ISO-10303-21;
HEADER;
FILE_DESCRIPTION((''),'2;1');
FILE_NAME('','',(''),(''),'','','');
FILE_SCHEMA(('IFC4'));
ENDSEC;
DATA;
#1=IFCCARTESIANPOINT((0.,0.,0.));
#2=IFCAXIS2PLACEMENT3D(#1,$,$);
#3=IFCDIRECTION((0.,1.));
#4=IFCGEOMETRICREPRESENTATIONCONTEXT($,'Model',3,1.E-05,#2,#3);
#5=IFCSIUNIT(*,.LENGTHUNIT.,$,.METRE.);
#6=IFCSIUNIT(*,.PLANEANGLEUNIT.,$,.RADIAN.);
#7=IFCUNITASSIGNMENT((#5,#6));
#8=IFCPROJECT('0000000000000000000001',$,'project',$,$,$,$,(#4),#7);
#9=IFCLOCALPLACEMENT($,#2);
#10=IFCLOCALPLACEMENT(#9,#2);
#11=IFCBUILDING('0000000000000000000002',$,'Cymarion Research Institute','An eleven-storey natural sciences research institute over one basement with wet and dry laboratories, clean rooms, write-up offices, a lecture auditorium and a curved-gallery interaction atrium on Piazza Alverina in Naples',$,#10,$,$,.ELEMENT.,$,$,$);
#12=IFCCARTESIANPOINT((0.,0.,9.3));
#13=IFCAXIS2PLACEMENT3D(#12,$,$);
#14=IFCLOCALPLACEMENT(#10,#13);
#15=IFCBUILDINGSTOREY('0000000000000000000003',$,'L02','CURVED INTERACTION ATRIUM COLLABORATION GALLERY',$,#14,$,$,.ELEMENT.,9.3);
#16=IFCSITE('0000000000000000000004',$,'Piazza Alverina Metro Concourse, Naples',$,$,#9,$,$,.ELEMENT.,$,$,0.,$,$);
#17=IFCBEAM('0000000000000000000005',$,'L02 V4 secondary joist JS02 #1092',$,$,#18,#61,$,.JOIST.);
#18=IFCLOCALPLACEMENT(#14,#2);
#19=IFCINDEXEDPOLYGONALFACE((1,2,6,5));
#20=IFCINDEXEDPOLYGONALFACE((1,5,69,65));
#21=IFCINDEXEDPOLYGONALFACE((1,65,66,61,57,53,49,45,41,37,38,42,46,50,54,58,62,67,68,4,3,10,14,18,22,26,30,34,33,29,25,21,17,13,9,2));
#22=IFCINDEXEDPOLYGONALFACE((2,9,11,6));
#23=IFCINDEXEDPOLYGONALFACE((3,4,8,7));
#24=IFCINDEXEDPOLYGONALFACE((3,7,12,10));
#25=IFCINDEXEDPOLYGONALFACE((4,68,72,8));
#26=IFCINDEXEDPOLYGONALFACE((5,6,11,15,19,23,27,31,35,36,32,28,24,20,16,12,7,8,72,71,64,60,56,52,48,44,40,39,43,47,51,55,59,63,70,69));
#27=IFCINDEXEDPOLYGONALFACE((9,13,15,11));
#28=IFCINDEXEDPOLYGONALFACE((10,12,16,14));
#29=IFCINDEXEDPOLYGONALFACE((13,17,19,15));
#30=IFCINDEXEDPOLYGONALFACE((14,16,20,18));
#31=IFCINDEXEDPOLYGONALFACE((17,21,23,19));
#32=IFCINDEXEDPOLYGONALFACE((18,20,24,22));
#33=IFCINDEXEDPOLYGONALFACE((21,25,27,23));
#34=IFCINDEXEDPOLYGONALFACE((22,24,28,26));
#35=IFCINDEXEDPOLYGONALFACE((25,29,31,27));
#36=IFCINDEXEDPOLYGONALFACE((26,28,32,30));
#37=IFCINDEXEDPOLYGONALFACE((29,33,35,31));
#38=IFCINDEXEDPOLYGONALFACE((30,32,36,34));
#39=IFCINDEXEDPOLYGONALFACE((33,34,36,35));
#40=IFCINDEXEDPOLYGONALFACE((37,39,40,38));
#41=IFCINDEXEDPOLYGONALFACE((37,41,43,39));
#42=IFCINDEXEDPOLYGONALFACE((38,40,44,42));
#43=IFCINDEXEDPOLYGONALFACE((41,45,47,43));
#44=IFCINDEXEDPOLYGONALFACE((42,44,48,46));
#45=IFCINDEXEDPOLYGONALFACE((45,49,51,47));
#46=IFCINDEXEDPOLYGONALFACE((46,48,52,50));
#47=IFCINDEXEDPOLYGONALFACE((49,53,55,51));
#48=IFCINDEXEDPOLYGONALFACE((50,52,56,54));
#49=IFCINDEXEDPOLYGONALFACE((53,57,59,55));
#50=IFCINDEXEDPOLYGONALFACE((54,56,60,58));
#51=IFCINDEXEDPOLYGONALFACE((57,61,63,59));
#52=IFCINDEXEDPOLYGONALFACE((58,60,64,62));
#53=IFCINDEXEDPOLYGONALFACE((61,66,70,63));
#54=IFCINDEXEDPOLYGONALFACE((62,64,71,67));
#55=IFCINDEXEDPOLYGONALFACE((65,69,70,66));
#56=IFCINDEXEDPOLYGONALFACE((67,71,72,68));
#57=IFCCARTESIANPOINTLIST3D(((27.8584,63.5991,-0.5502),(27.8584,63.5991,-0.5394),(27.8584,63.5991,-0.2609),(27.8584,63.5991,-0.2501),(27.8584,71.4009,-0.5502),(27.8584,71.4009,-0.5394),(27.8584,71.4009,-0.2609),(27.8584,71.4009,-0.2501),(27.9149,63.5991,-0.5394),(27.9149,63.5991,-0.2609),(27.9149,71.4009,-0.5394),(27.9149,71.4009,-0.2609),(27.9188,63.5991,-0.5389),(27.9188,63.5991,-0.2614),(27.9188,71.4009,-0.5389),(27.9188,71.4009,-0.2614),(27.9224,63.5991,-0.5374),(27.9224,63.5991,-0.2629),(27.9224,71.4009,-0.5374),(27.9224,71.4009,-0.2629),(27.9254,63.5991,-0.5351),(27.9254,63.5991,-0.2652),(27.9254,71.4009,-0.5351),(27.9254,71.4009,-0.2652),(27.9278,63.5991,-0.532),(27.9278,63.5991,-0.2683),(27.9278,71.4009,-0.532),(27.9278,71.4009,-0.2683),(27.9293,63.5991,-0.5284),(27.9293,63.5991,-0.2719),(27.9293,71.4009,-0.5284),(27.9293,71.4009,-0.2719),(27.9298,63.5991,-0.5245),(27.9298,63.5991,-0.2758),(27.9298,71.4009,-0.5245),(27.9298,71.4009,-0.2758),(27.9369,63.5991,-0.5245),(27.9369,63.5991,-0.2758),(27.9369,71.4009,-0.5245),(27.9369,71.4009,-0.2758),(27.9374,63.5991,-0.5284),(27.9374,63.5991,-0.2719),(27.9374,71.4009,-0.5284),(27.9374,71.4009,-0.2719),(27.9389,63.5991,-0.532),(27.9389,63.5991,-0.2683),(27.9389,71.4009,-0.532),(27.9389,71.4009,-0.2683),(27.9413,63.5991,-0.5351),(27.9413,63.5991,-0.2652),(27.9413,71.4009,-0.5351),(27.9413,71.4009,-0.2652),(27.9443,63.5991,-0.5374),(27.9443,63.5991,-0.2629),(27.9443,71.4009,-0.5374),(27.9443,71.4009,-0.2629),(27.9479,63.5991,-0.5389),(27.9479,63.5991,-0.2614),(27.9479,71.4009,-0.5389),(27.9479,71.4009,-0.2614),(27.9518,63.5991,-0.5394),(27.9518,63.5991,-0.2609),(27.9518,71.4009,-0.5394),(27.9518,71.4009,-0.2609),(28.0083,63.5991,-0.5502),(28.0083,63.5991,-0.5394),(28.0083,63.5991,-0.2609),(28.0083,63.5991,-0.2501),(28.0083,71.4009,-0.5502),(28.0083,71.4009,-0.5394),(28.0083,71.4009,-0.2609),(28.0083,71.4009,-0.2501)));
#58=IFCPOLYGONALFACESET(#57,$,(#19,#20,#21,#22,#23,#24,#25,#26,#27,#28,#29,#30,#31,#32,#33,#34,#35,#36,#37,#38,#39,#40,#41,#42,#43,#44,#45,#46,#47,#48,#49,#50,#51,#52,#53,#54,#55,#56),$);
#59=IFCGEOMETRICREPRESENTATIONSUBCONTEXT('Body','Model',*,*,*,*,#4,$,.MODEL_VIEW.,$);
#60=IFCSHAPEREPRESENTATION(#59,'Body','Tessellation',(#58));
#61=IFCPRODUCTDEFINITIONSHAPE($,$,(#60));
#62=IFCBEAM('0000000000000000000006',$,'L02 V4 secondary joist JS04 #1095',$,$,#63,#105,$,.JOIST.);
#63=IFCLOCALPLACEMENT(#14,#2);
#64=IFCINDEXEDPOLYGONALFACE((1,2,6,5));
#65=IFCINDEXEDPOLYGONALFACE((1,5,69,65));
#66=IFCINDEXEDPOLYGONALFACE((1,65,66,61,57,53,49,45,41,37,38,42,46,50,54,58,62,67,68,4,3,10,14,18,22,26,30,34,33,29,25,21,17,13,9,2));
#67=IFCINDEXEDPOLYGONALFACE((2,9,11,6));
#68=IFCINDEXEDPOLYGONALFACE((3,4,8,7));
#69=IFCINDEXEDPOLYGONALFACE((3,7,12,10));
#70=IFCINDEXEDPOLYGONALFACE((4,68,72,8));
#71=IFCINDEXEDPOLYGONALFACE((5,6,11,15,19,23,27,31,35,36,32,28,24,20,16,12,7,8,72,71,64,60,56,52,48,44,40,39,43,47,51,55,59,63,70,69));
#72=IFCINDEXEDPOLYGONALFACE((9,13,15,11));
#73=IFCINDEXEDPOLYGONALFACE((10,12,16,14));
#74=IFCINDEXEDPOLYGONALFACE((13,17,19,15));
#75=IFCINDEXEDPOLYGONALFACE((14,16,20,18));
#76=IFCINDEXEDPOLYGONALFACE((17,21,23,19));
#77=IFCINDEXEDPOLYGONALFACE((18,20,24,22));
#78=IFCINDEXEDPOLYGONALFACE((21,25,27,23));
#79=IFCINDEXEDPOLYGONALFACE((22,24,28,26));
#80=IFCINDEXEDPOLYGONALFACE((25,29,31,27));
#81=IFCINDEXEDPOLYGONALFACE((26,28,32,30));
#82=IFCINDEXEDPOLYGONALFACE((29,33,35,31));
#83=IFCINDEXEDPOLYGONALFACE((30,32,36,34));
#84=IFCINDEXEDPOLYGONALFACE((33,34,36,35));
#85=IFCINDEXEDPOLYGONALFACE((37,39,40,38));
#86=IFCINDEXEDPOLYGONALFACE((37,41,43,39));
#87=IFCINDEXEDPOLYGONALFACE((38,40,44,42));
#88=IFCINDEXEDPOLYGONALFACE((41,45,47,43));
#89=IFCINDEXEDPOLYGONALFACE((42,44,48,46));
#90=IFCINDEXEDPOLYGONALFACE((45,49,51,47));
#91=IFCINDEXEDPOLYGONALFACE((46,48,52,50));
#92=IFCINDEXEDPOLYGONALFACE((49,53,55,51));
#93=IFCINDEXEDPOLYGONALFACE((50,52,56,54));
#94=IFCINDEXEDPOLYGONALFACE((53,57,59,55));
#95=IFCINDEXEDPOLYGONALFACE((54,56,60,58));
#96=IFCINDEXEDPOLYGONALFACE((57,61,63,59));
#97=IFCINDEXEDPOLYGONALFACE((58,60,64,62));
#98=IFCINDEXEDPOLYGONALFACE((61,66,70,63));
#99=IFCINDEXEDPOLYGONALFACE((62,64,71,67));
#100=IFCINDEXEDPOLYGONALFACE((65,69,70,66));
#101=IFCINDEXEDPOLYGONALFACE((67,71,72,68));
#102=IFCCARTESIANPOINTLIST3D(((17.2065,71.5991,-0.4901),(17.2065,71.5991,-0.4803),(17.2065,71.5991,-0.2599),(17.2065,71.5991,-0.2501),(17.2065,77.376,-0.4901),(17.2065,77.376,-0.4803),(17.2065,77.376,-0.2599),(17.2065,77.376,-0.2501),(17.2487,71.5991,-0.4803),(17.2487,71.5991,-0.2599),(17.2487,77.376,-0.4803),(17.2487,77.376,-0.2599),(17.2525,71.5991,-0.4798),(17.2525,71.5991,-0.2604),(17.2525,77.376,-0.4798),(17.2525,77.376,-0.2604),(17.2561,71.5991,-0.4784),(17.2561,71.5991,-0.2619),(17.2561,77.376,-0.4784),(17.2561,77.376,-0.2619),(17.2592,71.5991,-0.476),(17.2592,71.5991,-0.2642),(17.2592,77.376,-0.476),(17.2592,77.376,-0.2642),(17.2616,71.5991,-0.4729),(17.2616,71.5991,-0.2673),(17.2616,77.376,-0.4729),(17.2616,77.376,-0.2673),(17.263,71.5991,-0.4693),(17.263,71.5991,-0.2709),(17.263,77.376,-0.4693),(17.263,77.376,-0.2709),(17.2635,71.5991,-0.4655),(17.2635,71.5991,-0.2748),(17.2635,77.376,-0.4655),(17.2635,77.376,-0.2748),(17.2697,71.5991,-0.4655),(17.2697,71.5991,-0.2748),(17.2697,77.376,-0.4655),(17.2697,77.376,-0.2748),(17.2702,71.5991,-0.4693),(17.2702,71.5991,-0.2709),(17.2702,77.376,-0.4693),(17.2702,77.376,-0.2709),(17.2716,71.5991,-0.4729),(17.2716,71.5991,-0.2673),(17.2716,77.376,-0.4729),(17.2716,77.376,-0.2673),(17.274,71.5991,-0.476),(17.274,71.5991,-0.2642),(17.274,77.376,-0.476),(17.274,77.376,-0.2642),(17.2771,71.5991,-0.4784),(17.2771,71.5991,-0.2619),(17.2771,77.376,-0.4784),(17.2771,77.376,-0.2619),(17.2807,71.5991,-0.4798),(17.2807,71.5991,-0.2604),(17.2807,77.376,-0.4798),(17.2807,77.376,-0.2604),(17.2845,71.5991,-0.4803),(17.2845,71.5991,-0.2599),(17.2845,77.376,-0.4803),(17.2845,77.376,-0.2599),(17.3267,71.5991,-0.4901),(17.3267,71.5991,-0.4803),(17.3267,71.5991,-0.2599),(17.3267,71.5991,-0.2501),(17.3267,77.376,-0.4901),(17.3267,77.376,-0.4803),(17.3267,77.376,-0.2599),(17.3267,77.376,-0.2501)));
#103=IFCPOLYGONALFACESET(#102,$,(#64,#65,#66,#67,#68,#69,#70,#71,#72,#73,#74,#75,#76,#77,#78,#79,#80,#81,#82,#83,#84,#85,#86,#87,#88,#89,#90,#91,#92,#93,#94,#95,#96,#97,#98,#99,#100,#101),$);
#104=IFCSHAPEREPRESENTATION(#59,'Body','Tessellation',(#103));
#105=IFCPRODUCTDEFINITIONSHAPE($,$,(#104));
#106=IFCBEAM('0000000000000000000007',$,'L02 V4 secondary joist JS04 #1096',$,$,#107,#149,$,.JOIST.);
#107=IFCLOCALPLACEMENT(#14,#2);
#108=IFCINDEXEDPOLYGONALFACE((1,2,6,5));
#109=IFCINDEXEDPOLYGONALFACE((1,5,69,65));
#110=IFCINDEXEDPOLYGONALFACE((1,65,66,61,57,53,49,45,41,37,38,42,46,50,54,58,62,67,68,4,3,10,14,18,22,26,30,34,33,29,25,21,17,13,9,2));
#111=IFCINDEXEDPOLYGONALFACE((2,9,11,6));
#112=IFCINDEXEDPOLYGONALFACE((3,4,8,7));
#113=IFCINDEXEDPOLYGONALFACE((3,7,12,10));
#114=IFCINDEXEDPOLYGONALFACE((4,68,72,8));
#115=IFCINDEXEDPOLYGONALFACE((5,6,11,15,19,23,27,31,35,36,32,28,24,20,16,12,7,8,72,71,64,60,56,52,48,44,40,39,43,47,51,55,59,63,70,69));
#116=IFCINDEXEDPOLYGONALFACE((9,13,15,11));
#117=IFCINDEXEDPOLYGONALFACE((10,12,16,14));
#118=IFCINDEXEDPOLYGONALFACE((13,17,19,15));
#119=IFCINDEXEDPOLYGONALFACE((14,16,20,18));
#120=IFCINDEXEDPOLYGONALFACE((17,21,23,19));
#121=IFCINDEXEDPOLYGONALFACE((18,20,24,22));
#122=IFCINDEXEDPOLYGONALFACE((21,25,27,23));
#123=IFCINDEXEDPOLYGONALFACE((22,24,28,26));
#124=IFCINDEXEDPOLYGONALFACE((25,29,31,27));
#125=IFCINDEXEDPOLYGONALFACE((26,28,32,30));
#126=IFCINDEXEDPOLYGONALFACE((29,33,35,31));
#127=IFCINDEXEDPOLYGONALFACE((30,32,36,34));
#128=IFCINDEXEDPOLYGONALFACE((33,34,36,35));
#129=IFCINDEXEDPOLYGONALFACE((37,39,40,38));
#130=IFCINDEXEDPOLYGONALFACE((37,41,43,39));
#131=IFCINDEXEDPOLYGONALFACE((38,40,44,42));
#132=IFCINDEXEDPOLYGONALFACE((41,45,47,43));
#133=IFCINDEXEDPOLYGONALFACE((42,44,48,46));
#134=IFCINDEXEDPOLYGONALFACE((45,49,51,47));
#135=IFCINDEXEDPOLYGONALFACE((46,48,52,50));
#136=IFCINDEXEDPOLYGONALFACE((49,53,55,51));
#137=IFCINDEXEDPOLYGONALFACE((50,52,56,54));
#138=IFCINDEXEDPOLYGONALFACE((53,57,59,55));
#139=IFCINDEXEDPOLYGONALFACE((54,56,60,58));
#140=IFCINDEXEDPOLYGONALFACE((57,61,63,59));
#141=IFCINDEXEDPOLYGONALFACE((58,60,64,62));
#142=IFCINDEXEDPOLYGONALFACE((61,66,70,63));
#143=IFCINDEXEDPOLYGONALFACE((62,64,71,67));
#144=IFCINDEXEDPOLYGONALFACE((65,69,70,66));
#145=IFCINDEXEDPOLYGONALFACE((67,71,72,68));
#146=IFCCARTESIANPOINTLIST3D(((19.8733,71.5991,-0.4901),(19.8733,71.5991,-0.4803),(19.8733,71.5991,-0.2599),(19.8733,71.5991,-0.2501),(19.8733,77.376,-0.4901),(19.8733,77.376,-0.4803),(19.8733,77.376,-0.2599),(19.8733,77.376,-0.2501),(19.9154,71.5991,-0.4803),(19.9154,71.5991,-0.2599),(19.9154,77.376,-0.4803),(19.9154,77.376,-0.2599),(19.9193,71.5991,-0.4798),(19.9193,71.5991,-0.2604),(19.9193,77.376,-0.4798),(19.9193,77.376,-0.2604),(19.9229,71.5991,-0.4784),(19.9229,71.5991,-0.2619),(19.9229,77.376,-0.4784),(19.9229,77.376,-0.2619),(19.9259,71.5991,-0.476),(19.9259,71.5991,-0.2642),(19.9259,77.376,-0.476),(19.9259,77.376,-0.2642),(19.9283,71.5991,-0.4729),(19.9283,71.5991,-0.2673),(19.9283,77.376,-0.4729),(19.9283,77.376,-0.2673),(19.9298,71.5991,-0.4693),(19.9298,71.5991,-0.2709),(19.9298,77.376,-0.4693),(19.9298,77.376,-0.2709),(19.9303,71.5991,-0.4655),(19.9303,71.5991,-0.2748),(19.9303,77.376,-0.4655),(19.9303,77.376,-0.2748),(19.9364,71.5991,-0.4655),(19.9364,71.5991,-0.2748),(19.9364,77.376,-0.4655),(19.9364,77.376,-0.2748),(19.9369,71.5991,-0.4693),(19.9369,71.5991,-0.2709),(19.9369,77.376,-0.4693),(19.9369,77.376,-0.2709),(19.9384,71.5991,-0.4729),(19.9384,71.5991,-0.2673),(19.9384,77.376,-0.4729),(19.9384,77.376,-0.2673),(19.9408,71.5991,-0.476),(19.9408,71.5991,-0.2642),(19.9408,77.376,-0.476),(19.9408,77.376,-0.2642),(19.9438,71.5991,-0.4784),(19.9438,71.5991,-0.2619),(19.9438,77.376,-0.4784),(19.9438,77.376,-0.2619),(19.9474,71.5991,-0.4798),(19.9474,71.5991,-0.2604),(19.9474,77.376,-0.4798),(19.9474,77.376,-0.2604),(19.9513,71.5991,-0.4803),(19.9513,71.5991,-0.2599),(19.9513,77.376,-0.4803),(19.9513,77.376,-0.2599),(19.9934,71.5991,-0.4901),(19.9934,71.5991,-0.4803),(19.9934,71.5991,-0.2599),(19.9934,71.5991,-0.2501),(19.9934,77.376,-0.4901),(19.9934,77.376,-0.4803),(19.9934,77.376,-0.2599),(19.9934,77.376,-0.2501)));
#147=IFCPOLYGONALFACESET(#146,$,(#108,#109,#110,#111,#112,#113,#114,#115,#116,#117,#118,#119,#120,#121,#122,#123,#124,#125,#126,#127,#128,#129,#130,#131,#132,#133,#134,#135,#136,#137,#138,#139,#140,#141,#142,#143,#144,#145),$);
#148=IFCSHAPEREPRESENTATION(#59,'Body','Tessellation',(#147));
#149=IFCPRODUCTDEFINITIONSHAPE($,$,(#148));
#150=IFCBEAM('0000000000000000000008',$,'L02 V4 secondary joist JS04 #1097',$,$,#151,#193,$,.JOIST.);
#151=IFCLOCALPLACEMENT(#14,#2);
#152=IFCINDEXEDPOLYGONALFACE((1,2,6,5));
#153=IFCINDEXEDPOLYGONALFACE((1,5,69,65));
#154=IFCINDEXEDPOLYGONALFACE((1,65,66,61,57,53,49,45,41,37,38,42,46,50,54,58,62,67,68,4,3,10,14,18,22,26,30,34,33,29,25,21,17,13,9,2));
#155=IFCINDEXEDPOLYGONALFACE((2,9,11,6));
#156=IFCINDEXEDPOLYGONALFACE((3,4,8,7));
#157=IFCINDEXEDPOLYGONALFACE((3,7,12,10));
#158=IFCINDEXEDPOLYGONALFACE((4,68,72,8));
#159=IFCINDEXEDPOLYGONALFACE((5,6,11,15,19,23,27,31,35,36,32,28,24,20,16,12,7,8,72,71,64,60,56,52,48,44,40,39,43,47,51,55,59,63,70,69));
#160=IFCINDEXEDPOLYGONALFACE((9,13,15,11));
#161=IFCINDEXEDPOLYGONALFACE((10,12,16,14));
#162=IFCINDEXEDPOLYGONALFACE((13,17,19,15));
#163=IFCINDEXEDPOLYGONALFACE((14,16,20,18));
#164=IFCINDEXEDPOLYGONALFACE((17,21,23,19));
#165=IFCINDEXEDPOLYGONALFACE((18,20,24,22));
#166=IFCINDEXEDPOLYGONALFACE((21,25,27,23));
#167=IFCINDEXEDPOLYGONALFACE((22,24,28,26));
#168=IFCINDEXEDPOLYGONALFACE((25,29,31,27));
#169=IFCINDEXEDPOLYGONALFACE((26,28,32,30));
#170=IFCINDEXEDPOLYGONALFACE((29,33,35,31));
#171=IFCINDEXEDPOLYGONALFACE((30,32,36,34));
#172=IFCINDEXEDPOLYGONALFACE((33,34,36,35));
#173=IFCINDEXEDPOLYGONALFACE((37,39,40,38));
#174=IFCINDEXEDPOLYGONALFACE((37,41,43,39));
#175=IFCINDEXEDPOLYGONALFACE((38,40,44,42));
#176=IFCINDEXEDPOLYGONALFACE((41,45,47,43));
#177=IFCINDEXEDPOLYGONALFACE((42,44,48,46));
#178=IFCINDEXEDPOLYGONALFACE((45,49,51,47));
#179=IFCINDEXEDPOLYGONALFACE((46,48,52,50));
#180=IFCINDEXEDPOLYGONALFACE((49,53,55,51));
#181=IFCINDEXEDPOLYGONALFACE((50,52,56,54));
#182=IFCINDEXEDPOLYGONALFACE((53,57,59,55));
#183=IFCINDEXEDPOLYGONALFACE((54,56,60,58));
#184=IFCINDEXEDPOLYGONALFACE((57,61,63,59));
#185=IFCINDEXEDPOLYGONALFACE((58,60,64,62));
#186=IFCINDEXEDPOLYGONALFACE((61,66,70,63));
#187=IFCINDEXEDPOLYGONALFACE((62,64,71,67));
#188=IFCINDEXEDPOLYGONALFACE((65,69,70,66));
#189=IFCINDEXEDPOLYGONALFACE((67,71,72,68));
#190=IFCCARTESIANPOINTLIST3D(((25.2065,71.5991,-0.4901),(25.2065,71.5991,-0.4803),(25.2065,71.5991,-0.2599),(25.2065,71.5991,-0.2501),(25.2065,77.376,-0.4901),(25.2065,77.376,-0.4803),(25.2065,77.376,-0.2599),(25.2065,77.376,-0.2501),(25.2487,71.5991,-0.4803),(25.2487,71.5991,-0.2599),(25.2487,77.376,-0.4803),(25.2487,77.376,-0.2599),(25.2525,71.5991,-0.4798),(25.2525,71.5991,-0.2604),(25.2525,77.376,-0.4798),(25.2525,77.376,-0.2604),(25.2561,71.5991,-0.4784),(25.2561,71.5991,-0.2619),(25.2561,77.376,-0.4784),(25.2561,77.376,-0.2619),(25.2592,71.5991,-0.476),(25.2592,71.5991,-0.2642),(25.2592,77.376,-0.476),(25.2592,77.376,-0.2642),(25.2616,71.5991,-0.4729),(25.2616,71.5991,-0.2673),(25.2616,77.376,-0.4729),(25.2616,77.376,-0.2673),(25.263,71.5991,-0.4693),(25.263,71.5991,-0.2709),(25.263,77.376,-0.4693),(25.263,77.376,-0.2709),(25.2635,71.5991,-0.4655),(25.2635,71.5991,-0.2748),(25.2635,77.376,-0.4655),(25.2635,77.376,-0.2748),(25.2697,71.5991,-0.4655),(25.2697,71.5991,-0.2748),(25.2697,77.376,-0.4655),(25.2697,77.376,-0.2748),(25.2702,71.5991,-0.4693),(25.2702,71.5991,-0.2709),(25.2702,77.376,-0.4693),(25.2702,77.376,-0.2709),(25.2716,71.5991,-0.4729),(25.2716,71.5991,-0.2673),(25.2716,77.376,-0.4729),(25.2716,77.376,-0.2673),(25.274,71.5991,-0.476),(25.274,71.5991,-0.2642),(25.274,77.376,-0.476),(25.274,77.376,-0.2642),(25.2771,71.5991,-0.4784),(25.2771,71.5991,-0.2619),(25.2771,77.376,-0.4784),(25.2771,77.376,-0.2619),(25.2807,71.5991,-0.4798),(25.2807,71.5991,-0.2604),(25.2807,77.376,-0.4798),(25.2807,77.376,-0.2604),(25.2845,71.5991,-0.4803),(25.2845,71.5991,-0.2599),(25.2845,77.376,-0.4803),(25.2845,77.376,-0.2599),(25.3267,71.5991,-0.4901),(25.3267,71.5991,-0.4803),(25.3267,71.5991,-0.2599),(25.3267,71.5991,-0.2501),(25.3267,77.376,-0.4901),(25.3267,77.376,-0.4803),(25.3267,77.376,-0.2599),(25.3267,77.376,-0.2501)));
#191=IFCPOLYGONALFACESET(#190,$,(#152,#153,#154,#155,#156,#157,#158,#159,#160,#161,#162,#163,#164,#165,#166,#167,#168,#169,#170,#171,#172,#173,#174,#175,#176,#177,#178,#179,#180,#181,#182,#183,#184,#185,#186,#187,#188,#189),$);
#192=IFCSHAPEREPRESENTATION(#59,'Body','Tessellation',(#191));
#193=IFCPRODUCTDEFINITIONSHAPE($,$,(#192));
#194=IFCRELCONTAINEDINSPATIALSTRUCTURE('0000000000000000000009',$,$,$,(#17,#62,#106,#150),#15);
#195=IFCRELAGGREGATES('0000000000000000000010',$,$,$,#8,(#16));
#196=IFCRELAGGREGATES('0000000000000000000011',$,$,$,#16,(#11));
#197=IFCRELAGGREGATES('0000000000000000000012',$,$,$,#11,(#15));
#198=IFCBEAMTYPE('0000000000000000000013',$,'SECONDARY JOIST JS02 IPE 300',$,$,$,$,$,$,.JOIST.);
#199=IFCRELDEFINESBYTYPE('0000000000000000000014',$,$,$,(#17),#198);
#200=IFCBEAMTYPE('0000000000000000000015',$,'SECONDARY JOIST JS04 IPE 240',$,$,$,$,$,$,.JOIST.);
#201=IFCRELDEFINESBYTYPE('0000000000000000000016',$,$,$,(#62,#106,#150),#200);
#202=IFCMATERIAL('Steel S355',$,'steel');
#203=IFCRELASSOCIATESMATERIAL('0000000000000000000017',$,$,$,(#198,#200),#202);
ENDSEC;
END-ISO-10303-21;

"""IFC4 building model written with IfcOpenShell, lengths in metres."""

from ifc_helpers import new_model, si_unit, direction, frame, origin, origin_2d, place, context, subcontext, project, spatial, i_section, extrude, material, material_profile, profile_set, type_object, element, save


model = new_model("IFC4")

# Units and contexts
model_context = context("Model", 3, precision=1e-05, world=origin(), true_north=direction((0.0, 1.0)))
body_context = subcontext(model_context, "Body", "Model", "MODEL_VIEW")
ifc_project = project(units=[si_unit("LENGTHUNIT", "METRE"), si_unit("PLANEANGLEUNIT", "RADIAN")], contexts=[model_context])

# Site, building, storey
site_placement = place(None, origin())
site = spatial("IfcSite", under=ifc_project, at=site_placement, Name="Piazza Alverina Metro Concourse, Naples", CompositionType="ELEMENT", RefElevation=0.0)
building_placement = place(site_placement, origin())
building = spatial("IfcBuilding", under=site, at=building_placement, Name="Cymarion Research Institute", Description="An eleven-storey natural sciences research institute over one basement with wet and dry laboratories, clean rooms, write-up offices, a lecture auditorium and a curved-gallery interaction atrium on Piazza Alverina in Naples", CompositionType="ELEMENT")
storey_placement = place(building_placement, frame((0.0, 0.0, 9.3)))
storey = spatial("IfcBuildingStorey", under=building, at=storey_placement, Name="L02", Description="CURVED INTERACTION ATRIUM COLLABORATION GALLERY", CompositionType="ELEMENT", Elevation=9.3)

# Shared definitions
ifc_material_1 = material(Name="Steel S355", Category="steel")

# Beams
ifc_material_profile_1 = material_profile(ifc_material_1, i_section(OverallWidth=0.1499, OverallDepth=0.3, WebThickness=0.0071, FlangeThickness=0.0107, FilletRadius=0.0149, at=origin_2d()), Name="IPE 300")
ifc_profile_set_1 = profile_set([ifc_material_profile_1], Name="Steel S355")
beam_type_1 = type_object("IfcBeamType", Name="SECONDARY JOIST JS02 IPE 300", PredefinedType="JOIST", material=ifc_profile_set_1)
for number, where, z_axis, x_axis, name in (
    (1, (27.9333, 63.5991, -0.4001), (0.0, 1.0, 0.0), (-1.0, 0.0, 0.0), "L02 V4 secondary joist JS02 #1092"),
):
    element("IfcBeam", number, at=place(storey_placement, frame(where, z_axis=z_axis, x_axis=x_axis)), inside=storey, type_object=beam_type_1, Name=name, PredefinedType="JOIST", context=body_context, shape_type="SweptSolid", body=[
        extrude(i_section(OverallWidth=0.1499, OverallDepth=0.3, WebThickness=0.0071, FlangeThickness=0.0107, FilletRadius=0.0149, at=origin_2d()), origin(), (0.0, 0.0, 1.0), 7.8018),
    ])
ifc_material_profile_2 = material_profile(ifc_material_1, i_section(OverallWidth=0.1201, OverallDepth=0.24, WebThickness=0.0061, FlangeThickness=0.0098, FilletRadius=0.0149, at=origin_2d()), Name="IPE 240")
ifc_profile_set_2 = profile_set([ifc_material_profile_2], Name="Steel S355")
beam_type_2 = type_object("IfcBeamType", Name="SECONDARY JOIST JS04 IPE 240", PredefinedType="JOIST", material=ifc_profile_set_2)
for number, where, z_axis, x_axis, name in (
    (2, (17.2666, 71.5991, -0.3701), (0.0, 1.0, 0.0), (-1.0, 0.0, 0.0), "L02 V4 secondary joist JS04 #1095"),
    (3, (19.9333, 71.5991, -0.3701), (0.0, 1.0, 0.0), (-1.0, 0.0, 0.0), "L02 V4 secondary joist JS04 #1096"),
    (4, (25.2666, 71.5991, -0.3701), (0.0, 1.0, 0.0), (-1.0, 0.0, 0.0), "L02 V4 secondary joist JS04 #1097"),
):
    element("IfcBeam", number, at=place(storey_placement, frame(where, z_axis=z_axis, x_axis=x_axis)), inside=storey, type_object=beam_type_2, Name=name, PredefinedType="JOIST", context=body_context, shape_type="SweptSolid", body=[
        extrude(i_section(OverallWidth=0.1201, OverallDepth=0.24, WebThickness=0.0061, FlangeThickness=0.0098, FilletRadius=0.0149, at=origin_2d()), origin(), (0.0, 0.0, 1.0), 5.7769),
    ])

save(model, "model.ifc")
